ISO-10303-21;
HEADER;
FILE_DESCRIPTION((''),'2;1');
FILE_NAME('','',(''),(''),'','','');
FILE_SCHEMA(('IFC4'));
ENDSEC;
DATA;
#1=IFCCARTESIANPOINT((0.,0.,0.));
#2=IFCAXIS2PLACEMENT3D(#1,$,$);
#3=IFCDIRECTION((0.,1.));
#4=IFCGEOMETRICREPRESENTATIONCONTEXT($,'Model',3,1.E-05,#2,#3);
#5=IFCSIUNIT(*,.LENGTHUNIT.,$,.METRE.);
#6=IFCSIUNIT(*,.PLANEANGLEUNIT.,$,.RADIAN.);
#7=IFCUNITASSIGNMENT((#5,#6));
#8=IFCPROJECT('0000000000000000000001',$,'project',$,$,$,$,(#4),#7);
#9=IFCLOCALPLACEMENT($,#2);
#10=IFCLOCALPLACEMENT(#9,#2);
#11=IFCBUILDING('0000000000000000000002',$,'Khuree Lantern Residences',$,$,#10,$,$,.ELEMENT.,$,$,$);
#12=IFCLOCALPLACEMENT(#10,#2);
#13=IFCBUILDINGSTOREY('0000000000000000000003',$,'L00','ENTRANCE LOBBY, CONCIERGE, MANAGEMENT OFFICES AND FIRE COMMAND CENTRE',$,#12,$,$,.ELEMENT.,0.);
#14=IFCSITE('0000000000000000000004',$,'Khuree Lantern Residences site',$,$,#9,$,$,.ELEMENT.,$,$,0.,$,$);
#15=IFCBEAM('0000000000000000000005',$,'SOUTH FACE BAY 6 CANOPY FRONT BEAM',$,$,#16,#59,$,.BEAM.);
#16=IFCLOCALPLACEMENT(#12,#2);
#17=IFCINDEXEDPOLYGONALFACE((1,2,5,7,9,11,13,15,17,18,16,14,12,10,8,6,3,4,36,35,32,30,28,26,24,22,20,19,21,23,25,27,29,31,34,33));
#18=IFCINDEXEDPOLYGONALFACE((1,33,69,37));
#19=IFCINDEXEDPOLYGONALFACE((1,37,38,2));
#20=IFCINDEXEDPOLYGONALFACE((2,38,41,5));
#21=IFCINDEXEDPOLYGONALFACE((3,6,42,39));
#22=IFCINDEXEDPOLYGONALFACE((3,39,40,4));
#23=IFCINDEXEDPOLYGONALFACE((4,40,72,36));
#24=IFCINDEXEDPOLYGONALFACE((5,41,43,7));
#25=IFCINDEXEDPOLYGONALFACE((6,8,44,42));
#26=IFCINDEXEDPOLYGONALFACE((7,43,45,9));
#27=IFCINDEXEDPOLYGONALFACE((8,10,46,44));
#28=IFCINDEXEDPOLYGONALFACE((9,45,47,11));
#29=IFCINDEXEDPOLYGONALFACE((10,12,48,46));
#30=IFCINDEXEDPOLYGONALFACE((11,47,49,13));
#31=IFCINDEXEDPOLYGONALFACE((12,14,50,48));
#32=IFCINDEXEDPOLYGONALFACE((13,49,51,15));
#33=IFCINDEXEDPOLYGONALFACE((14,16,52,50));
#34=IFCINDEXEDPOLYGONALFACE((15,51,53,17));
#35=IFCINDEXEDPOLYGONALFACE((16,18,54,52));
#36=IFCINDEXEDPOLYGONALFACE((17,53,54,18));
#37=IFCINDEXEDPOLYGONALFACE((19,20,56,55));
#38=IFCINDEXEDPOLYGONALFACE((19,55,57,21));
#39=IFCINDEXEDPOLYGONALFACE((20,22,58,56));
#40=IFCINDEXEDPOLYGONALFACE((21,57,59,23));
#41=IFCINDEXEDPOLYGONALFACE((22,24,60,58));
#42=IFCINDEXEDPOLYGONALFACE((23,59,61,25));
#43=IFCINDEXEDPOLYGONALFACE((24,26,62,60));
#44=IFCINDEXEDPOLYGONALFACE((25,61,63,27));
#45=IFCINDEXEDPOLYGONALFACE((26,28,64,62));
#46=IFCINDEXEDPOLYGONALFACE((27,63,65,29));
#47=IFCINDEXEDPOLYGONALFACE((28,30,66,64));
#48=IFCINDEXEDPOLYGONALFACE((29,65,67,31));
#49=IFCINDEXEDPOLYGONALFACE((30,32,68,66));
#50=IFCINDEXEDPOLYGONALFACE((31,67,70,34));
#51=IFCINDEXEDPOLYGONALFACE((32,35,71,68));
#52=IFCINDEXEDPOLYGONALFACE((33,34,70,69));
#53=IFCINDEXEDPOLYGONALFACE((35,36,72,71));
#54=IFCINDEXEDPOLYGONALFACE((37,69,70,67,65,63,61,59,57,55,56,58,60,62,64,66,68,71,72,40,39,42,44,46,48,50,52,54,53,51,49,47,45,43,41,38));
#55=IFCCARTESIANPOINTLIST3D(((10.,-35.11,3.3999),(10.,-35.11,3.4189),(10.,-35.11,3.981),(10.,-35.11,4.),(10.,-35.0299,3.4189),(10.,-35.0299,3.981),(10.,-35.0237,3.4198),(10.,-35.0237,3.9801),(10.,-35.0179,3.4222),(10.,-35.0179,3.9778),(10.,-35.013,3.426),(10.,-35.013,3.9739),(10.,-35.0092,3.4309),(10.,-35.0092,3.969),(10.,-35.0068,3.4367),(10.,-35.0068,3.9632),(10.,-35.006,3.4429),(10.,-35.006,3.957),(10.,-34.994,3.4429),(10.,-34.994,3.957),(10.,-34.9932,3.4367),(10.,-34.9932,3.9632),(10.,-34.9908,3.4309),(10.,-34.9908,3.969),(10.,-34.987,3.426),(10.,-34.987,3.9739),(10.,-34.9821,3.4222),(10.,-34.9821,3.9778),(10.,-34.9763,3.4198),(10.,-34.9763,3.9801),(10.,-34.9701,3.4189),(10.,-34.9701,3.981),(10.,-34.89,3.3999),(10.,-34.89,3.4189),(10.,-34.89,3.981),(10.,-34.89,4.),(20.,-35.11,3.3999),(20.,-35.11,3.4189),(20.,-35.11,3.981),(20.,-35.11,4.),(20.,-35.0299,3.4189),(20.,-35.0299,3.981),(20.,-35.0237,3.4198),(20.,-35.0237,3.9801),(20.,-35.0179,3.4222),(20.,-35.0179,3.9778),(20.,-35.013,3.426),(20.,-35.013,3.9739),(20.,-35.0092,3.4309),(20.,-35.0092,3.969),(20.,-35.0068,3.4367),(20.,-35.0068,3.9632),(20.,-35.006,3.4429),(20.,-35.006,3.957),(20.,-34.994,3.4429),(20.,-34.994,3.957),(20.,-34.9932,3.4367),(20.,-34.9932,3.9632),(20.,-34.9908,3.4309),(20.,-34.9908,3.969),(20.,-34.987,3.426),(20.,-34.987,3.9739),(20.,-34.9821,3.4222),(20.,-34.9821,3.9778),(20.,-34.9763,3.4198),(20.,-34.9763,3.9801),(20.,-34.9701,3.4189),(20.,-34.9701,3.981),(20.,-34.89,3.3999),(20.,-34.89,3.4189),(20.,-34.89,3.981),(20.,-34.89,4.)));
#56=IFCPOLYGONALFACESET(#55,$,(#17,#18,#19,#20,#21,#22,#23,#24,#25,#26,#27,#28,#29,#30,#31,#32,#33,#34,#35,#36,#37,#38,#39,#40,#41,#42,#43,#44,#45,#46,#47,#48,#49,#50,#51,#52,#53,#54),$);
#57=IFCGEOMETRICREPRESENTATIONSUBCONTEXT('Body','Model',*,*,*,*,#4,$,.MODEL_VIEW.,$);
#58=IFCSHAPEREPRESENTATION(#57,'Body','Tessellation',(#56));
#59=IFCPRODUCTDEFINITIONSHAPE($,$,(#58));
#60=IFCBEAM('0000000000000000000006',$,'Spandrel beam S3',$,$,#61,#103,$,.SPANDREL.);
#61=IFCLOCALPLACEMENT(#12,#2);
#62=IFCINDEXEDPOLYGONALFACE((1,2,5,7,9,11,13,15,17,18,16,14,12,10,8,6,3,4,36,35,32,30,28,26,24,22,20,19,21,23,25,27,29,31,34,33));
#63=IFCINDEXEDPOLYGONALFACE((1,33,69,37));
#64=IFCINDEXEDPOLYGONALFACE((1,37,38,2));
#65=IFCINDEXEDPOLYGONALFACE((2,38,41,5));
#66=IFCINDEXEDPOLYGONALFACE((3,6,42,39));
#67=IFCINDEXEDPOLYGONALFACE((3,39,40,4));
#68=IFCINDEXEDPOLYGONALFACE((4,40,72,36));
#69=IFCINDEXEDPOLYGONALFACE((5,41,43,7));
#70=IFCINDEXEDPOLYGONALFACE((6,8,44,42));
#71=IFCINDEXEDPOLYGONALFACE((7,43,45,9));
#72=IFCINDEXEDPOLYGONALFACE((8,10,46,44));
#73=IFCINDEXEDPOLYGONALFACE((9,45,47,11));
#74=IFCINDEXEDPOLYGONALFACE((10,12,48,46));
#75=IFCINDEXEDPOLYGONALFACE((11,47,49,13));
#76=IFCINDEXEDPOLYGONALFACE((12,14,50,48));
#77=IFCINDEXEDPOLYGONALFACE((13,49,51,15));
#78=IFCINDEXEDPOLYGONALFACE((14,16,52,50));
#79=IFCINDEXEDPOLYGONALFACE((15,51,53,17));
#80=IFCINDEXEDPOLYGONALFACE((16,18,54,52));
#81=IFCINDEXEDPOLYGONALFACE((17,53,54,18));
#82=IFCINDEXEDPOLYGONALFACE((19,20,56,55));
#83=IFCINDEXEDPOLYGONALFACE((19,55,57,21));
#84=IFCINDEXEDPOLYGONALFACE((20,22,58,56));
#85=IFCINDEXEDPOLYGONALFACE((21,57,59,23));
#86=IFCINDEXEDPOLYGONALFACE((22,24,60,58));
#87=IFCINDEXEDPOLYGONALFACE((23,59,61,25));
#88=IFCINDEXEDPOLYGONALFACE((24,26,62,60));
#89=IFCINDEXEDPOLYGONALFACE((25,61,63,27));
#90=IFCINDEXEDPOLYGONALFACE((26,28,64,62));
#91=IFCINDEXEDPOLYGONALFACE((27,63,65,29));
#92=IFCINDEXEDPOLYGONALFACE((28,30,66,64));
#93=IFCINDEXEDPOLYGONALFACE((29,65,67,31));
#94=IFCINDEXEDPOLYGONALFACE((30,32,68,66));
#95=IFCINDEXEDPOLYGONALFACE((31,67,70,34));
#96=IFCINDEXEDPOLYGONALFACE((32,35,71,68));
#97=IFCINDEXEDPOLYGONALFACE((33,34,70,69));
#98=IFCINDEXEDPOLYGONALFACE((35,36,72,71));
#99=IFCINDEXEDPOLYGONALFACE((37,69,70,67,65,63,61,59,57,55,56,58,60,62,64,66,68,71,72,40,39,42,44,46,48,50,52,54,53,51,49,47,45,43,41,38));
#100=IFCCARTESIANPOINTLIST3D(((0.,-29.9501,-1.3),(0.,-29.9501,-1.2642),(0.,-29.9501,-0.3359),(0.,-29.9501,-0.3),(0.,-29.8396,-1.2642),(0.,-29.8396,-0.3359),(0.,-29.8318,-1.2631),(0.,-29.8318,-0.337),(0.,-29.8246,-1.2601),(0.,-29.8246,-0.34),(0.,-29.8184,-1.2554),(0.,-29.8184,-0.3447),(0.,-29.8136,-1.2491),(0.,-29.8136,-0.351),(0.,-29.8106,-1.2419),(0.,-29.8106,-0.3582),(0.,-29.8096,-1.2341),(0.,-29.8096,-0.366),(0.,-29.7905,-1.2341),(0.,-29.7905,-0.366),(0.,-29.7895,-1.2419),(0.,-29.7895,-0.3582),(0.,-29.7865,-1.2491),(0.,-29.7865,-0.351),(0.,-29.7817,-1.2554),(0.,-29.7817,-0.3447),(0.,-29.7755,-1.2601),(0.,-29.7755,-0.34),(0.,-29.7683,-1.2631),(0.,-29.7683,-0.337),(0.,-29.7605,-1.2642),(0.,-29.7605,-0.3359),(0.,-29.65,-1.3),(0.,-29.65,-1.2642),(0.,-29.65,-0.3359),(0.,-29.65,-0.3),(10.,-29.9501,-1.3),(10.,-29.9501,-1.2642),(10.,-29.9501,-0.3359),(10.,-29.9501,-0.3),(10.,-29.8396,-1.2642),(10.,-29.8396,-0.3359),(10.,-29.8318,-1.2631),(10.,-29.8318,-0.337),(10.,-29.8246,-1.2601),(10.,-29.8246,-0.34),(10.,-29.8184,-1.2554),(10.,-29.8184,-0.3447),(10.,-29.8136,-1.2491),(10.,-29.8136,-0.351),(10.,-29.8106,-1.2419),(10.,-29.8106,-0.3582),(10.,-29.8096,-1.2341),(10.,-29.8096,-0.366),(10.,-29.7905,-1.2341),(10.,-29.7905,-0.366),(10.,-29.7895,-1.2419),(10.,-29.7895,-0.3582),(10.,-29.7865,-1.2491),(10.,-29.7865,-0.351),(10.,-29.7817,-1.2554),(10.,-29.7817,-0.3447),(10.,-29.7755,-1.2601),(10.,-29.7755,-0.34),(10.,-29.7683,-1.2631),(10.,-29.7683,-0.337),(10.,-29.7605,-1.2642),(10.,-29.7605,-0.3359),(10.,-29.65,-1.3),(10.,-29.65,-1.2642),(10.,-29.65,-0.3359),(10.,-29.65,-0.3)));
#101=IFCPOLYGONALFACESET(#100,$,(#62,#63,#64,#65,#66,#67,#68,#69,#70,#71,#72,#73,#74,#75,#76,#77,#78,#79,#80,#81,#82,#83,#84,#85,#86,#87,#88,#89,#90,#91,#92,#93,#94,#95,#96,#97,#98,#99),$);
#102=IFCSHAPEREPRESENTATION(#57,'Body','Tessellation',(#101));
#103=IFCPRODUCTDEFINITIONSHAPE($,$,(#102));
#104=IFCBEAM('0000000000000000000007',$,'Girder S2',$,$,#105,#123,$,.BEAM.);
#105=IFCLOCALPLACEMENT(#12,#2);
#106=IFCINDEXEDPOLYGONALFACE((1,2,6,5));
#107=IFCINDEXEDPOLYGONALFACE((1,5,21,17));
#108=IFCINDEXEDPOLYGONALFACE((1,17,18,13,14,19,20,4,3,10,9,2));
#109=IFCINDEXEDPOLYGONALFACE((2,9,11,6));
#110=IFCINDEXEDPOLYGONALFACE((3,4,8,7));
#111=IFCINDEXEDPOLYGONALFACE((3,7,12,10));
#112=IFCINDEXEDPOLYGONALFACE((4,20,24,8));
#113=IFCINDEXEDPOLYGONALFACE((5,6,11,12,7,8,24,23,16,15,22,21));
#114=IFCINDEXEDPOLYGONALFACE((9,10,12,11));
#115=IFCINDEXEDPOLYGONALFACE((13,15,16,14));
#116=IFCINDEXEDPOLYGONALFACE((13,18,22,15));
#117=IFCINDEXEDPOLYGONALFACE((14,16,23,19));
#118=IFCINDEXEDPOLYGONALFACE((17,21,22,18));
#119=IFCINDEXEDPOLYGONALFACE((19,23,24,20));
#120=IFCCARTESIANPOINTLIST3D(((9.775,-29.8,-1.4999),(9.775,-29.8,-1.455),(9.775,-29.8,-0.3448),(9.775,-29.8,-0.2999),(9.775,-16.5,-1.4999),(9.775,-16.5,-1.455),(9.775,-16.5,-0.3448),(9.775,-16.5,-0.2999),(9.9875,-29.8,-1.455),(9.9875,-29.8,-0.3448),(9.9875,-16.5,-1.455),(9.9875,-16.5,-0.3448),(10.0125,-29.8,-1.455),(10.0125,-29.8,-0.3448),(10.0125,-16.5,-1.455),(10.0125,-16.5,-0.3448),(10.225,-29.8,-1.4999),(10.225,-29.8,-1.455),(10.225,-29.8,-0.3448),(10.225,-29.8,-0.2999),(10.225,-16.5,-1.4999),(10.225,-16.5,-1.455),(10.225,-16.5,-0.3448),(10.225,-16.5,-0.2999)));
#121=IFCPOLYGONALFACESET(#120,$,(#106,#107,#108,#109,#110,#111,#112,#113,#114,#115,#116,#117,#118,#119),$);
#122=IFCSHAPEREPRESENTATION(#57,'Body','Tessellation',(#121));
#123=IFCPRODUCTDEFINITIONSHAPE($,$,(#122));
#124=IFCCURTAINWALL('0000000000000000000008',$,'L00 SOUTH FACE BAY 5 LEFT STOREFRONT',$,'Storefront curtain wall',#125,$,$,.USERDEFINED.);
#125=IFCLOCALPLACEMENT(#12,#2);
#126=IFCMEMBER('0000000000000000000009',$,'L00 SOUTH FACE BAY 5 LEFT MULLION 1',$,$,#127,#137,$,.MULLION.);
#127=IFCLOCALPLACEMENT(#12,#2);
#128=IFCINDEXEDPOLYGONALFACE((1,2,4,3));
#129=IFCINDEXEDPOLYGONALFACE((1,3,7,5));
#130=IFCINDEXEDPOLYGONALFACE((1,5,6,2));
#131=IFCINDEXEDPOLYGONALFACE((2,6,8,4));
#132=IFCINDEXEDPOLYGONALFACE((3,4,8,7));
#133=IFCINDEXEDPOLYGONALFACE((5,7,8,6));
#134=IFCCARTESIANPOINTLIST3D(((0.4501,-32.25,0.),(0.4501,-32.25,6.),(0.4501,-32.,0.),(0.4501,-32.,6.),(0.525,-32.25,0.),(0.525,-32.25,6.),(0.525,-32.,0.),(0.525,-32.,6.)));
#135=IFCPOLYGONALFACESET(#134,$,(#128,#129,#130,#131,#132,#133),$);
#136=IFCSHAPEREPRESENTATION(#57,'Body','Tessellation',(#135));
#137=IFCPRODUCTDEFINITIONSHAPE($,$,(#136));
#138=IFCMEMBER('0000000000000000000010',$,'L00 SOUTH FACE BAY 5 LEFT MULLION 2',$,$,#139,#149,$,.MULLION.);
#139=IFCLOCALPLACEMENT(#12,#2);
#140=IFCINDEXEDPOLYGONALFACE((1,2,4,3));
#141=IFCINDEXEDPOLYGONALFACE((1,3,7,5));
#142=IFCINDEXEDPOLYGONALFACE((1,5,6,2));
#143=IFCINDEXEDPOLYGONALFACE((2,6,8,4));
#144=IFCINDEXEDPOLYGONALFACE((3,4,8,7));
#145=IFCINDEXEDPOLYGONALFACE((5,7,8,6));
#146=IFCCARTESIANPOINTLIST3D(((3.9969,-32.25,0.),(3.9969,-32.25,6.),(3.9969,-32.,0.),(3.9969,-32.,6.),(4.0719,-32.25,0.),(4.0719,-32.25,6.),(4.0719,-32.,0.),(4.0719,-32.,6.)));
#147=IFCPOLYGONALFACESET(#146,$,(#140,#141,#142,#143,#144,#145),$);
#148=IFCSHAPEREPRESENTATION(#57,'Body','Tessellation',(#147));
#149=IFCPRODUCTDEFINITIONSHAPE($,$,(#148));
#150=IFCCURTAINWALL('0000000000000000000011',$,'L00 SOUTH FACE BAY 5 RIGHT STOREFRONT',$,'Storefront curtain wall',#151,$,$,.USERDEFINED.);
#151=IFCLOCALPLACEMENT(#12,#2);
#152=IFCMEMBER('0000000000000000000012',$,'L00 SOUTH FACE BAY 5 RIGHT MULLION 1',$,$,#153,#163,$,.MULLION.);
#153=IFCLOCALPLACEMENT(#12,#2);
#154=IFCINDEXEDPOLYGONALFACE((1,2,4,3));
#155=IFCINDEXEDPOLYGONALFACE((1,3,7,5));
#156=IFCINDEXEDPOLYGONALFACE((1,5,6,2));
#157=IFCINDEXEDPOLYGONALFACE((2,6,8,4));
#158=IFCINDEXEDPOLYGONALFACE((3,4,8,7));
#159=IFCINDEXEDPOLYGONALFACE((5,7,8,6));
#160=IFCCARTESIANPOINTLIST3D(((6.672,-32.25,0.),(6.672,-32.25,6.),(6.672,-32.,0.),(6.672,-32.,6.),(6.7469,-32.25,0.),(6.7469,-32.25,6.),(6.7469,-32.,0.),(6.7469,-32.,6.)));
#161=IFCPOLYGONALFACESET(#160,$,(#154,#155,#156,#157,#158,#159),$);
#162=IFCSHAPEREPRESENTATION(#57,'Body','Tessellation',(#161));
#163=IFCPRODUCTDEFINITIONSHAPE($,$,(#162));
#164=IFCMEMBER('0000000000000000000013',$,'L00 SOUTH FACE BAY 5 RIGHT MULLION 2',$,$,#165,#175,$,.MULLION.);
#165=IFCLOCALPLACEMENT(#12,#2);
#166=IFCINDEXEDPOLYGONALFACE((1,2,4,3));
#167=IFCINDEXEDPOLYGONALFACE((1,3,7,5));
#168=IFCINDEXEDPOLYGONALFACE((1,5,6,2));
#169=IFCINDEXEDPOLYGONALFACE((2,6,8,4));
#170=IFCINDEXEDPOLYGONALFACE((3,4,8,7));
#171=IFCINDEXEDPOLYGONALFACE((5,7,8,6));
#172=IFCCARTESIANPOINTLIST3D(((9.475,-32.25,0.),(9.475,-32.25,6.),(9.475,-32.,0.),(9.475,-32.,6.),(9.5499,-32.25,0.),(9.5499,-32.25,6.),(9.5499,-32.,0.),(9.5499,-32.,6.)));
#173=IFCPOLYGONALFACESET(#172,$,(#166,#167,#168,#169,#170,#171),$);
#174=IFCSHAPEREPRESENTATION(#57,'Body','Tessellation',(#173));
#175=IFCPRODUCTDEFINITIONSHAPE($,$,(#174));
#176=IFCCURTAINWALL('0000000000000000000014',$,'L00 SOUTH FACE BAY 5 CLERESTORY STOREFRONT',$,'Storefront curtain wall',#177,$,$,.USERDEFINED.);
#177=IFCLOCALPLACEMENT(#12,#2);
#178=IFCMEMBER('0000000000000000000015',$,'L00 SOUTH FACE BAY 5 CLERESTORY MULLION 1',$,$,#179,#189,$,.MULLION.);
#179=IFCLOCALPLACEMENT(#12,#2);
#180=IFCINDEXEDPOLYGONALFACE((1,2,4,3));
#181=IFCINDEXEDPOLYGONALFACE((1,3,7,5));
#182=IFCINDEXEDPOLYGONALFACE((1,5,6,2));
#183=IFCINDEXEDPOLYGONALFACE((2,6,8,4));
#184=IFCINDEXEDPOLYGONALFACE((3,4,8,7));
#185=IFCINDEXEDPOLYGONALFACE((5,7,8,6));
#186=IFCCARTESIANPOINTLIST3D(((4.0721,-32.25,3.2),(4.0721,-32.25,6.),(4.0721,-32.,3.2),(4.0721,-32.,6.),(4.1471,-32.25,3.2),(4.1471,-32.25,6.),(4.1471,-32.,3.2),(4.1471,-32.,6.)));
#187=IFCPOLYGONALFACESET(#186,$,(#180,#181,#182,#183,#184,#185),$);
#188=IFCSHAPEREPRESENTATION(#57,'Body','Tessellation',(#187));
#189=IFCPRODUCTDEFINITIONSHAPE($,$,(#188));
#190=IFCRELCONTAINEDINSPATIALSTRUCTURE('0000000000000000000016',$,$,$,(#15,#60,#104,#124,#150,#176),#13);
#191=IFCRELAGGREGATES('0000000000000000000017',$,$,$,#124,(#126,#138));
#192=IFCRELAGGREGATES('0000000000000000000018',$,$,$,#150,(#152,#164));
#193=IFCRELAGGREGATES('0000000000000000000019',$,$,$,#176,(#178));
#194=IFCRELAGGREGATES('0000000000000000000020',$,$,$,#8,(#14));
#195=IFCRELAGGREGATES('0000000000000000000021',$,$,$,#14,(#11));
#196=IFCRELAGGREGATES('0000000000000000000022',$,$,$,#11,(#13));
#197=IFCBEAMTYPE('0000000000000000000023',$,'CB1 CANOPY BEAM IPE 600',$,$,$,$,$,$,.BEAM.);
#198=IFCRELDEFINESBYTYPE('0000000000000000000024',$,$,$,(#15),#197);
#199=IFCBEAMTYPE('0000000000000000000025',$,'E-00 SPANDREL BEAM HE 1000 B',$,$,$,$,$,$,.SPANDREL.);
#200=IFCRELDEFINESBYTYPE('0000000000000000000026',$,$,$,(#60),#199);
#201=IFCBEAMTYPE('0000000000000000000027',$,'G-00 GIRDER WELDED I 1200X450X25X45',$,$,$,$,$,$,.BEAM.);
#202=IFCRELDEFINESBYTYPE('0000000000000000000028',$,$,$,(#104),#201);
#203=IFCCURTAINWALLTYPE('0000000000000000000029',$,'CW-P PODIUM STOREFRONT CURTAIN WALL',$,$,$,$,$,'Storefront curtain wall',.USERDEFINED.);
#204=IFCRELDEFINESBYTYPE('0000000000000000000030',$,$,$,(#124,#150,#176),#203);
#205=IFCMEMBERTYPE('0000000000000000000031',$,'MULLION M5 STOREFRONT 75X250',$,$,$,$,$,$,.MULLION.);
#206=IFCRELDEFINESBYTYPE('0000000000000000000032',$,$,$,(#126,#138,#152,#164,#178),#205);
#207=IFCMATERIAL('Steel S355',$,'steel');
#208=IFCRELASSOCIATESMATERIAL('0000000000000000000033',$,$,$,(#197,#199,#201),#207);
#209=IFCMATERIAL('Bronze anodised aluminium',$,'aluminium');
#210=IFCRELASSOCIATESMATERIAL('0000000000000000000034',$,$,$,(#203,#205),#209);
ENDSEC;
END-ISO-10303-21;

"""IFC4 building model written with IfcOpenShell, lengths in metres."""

from ifc_helpers import new_model, si_unit, direction, frame, origin, origin_2d, place, context, subcontext, project, spatial, rectangle, i_section, extrude, material, material_profile, profile_set, type_object, element, aggregate, save


model = new_model("IFC4")

# Units and contexts
model_context = context("Model", 3, precision=1e-05, world=origin(), true_north=direction((0.0, 1.0)))
body_context = subcontext(model_context, "Body", "Model", "MODEL_VIEW")
ifc_project = project(units=[si_unit("LENGTHUNIT", "METRE"), si_unit("PLANEANGLEUNIT", "RADIAN")], contexts=[model_context])

# Site, building, storey
site_placement = place(None, origin())
site = spatial("IfcSite", under=ifc_project, at=site_placement, Name="Khuree Lantern Residences site", CompositionType="ELEMENT", RefElevation=0.0)
building_placement = place(site_placement, origin())
building = spatial("IfcBuilding", under=site, at=building_placement, Name="Khuree Lantern Residences", CompositionType="ELEMENT")
storey_placement = place(building_placement, origin())
storey = spatial("IfcBuildingStorey", under=building, at=storey_placement, Name="L00", Description="ENTRANCE LOBBY, CONCIERGE, MANAGEMENT OFFICES AND FIRE COMMAND CENTRE", CompositionType="ELEMENT", Elevation=0.0)

# Shared definitions
ifc_material_1 = material(Name="Steel S355", Category="steel")

# Beams
ifc_material_profile_1 = material_profile(ifc_material_1, i_section(OverallWidth=0.22, OverallDepth=0.6001, WebThickness=0.012, FlangeThickness=0.019, FilletRadius=0.0239, at=origin_2d()), Name="IPE 600")
ifc_profile_set_1 = profile_set([ifc_material_profile_1], Name="Steel S355")
beam_type_1 = type_object("IfcBeamType", Name="CB1 CANOPY BEAM IPE 600", PredefinedType="BEAM", material=ifc_profile_set_1)
beam_1_placement = place(storey_placement, frame((10.0, -35.0, 3.7), z_axis=(1.0, 0.0, 0.0), x_axis=(0.0, 1.0, 0.0)))
element("IfcBeam", 1, at=beam_1_placement, inside=storey, type_object=beam_type_1, Name="SOUTH FACE BAY 6 CANOPY FRONT BEAM", PredefinedType="BEAM", context=body_context, shape_type="SweptSolid", body=[
    extrude(i_section(OverallWidth=0.22, OverallDepth=0.6001, WebThickness=0.012, FlangeThickness=0.019, FilletRadius=0.0239, at=origin_2d()), origin(), (0.0, 0.0, 1.0), 10.0),
])
ifc_material_profile_2 = material_profile(ifc_material_1, i_section(OverallWidth=0.3, OverallDepth=1.0, WebThickness=0.019, FlangeThickness=0.0359, FilletRadius=0.03, at=origin_2d()), Name="HE 1000 B")
ifc_profile_set_2 = profile_set([ifc_material_profile_2], Name="Steel S355")
beam_type_2 = type_object("IfcBeamType", Name="E-00 SPANDREL BEAM HE 1000 B", PredefinedType="SPANDREL", material=ifc_profile_set_2)
beam_2_placement = place(storey_placement, frame((10.0, -29.8, -0.8), z_axis=(-1.0, 0.0, 0.0), x_axis=(0.0, -1.0, 0.0)))
element("IfcBeam", 2, at=beam_2_placement, inside=storey, type_object=beam_type_2, Name="Spandrel beam S3", PredefinedType="SPANDREL", context=body_context, shape_type="SweptSolid", body=[
    extrude(i_section(OverallWidth=0.3, OverallDepth=1.0, WebThickness=0.019, FlangeThickness=0.0359, FilletRadius=0.03, at=origin_2d()), origin(), (0.0, 0.0, 1.0), 10.0),
])
ifc_material_profile_3 = material_profile(ifc_material_1, i_section(OverallWidth=0.45, OverallDepth=1.2, WebThickness=0.0249, FlangeThickness=0.0449, at=origin_2d()), Name="WELDED I 1200X450X25X45")
ifc_profile_set_3 = profile_set([ifc_material_profile_3], Name="Steel S355")
beam_type_3 = type_object("IfcBeamType", Name="G-00 GIRDER WELDED I 1200X450X25X45", PredefinedType="BEAM", material=ifc_profile_set_3)
beam_3_placement = place(storey_placement, frame((10.0, -29.8, -0.8999), z_axis=(0.0, 1.0, 0.0), x_axis=(-1.0, 0.0, 0.0)))
element("IfcBeam", 3, at=beam_3_placement, inside=storey, type_object=beam_type_3, Name="Girder S2", PredefinedType="BEAM", context=body_context, shape_type="SweptSolid", body=[
    extrude(i_section(OverallWidth=0.45, OverallDepth=1.2, WebThickness=0.0249, FlangeThickness=0.0449, at=origin_2d()), origin(), (0.0, 0.0, 1.0), 13.3),
])

# Curtain walls, members
ifc_material_2 = material(Name="Bronze anodised aluminium", Category="aluminium")
curtain_wall_type = type_object("IfcCurtainWallType", Name="CW-P PODIUM STOREFRONT CURTAIN WALL", ElementType="Storefront curtain wall", PredefinedType="USERDEFINED", material=ifc_material_2)
curtain_wall_1_placement = place(storey_placement, origin())
curtain_wall_1 = element("IfcCurtainWall", 4, at=curtain_wall_1_placement, inside=storey, type_object=curtain_wall_type, Name="L00 SOUTH FACE BAY 5 LEFT STOREFRONT", ObjectType="Storefront curtain wall", PredefinedType="USERDEFINED")
ifc_material_profile_4 = material_profile(ifc_material_2, rectangle(XDim=0.075, YDim=0.25, at=origin_2d()), Name="M5 75X250")
ifc_profile_set_4 = profile_set([ifc_material_profile_4], Name="Bronze anodised aluminium")
member_type_1 = type_object("IfcMemberType", Name="MULLION M5 STOREFRONT 75X250", PredefinedType="MULLION", material=ifc_profile_set_4)
member_1_placement = place(storey_placement, frame((0.4875, -32.125, 0.0), z_axis=(0.0, 0.0, 1.0), x_axis=(1.0, 0.0, 0.0)))
member_1 = element("IfcMember", 5, at=member_1_placement, type_object=member_type_1, Name="L00 SOUTH FACE BAY 5 LEFT MULLION 1", PredefinedType="MULLION", context=body_context, shape_type="SweptSolid", body=[
    extrude(rectangle(XDim=0.075, YDim=0.25, at=origin_2d()), origin(), (0.0, 0.0, 1.0), 6.0),
])
member_2_placement = place(storey_placement, frame((4.0344, -32.125, 0.0), z_axis=(0.0, 0.0, 1.0), x_axis=(1.0, 0.0, 0.0)))
member_2 = element("IfcMember", 6, at=member_2_placement, type_object=member_type_1, Name="L00 SOUTH FACE BAY 5 LEFT MULLION 2", PredefinedType="MULLION", context=body_context, shape_type="SweptSolid", body=[
    extrude(rectangle(XDim=0.075, YDim=0.25, at=origin_2d()), origin(), (0.0, 0.0, 1.0), 6.0),
])
curtain_wall_2_placement = place(storey_placement, origin())
curtain_wall_2 = element("IfcCurtainWall", 7, at=curtain_wall_2_placement, inside=storey, type_object=curtain_wall_type, Name="L00 SOUTH FACE BAY 5 RIGHT STOREFRONT", ObjectType="Storefront curtain wall", PredefinedType="USERDEFINED")
member_3_placement = place(storey_placement, frame((6.7095, -32.125, 0.0), z_axis=(0.0, 0.0, 1.0), x_axis=(1.0, 0.0, 0.0)))
member_3 = element("IfcMember", 8, at=member_3_placement, type_object=member_type_1, Name="L00 SOUTH FACE BAY 5 RIGHT MULLION 1", PredefinedType="MULLION", context=body_context, shape_type="SweptSolid", body=[
    extrude(rectangle(XDim=0.075, YDim=0.25, at=origin_2d()), origin(), (0.0, 0.0, 1.0), 6.0),
])
member_4_placement = place(storey_placement, frame((9.5125, -32.125, 0.0), z_axis=(0.0, 0.0, 1.0), x_axis=(1.0, 0.0, 0.0)))
member_4 = element("IfcMember", 9, at=member_4_placement, type_object=member_type_1, Name="L00 SOUTH FACE BAY 5 RIGHT MULLION 2", PredefinedType="MULLION", context=body_context, shape_type="SweptSolid", body=[
    extrude(rectangle(XDim=0.075, YDim=0.25, at=origin_2d()), origin(), (0.0, 0.0, 1.0), 6.0),
])
curtain_wall_3_placement = place(storey_placement, origin())
curtain_wall_3 = element("IfcCurtainWall", 10, at=curtain_wall_3_placement, inside=storey, type_object=curtain_wall_type, Name="L00 SOUTH FACE BAY 5 CLERESTORY STOREFRONT", ObjectType="Storefront curtain wall", PredefinedType="USERDEFINED")
member_5_placement = place(storey_placement, frame((4.1096, -32.125, 3.2), z_axis=(0.0, 0.0, 1.0), x_axis=(1.0, 0.0, 0.0)))
member_5 = element("IfcMember", 11, at=member_5_placement, type_object=member_type_1, Name="L00 SOUTH FACE BAY 5 CLERESTORY MULLION 1", PredefinedType="MULLION", context=body_context, shape_type="SweptSolid", body=[
    extrude(rectangle(XDim=0.075, YDim=0.25, at=origin_2d()), origin(), (0.0, 0.0, 1.0), 2.8),
])

aggregate(curtain_wall_1, [member_1, member_2])
aggregate(curtain_wall_2, [member_3, member_4])
aggregate(curtain_wall_3, [member_5])

save(model, "model.ifc")
